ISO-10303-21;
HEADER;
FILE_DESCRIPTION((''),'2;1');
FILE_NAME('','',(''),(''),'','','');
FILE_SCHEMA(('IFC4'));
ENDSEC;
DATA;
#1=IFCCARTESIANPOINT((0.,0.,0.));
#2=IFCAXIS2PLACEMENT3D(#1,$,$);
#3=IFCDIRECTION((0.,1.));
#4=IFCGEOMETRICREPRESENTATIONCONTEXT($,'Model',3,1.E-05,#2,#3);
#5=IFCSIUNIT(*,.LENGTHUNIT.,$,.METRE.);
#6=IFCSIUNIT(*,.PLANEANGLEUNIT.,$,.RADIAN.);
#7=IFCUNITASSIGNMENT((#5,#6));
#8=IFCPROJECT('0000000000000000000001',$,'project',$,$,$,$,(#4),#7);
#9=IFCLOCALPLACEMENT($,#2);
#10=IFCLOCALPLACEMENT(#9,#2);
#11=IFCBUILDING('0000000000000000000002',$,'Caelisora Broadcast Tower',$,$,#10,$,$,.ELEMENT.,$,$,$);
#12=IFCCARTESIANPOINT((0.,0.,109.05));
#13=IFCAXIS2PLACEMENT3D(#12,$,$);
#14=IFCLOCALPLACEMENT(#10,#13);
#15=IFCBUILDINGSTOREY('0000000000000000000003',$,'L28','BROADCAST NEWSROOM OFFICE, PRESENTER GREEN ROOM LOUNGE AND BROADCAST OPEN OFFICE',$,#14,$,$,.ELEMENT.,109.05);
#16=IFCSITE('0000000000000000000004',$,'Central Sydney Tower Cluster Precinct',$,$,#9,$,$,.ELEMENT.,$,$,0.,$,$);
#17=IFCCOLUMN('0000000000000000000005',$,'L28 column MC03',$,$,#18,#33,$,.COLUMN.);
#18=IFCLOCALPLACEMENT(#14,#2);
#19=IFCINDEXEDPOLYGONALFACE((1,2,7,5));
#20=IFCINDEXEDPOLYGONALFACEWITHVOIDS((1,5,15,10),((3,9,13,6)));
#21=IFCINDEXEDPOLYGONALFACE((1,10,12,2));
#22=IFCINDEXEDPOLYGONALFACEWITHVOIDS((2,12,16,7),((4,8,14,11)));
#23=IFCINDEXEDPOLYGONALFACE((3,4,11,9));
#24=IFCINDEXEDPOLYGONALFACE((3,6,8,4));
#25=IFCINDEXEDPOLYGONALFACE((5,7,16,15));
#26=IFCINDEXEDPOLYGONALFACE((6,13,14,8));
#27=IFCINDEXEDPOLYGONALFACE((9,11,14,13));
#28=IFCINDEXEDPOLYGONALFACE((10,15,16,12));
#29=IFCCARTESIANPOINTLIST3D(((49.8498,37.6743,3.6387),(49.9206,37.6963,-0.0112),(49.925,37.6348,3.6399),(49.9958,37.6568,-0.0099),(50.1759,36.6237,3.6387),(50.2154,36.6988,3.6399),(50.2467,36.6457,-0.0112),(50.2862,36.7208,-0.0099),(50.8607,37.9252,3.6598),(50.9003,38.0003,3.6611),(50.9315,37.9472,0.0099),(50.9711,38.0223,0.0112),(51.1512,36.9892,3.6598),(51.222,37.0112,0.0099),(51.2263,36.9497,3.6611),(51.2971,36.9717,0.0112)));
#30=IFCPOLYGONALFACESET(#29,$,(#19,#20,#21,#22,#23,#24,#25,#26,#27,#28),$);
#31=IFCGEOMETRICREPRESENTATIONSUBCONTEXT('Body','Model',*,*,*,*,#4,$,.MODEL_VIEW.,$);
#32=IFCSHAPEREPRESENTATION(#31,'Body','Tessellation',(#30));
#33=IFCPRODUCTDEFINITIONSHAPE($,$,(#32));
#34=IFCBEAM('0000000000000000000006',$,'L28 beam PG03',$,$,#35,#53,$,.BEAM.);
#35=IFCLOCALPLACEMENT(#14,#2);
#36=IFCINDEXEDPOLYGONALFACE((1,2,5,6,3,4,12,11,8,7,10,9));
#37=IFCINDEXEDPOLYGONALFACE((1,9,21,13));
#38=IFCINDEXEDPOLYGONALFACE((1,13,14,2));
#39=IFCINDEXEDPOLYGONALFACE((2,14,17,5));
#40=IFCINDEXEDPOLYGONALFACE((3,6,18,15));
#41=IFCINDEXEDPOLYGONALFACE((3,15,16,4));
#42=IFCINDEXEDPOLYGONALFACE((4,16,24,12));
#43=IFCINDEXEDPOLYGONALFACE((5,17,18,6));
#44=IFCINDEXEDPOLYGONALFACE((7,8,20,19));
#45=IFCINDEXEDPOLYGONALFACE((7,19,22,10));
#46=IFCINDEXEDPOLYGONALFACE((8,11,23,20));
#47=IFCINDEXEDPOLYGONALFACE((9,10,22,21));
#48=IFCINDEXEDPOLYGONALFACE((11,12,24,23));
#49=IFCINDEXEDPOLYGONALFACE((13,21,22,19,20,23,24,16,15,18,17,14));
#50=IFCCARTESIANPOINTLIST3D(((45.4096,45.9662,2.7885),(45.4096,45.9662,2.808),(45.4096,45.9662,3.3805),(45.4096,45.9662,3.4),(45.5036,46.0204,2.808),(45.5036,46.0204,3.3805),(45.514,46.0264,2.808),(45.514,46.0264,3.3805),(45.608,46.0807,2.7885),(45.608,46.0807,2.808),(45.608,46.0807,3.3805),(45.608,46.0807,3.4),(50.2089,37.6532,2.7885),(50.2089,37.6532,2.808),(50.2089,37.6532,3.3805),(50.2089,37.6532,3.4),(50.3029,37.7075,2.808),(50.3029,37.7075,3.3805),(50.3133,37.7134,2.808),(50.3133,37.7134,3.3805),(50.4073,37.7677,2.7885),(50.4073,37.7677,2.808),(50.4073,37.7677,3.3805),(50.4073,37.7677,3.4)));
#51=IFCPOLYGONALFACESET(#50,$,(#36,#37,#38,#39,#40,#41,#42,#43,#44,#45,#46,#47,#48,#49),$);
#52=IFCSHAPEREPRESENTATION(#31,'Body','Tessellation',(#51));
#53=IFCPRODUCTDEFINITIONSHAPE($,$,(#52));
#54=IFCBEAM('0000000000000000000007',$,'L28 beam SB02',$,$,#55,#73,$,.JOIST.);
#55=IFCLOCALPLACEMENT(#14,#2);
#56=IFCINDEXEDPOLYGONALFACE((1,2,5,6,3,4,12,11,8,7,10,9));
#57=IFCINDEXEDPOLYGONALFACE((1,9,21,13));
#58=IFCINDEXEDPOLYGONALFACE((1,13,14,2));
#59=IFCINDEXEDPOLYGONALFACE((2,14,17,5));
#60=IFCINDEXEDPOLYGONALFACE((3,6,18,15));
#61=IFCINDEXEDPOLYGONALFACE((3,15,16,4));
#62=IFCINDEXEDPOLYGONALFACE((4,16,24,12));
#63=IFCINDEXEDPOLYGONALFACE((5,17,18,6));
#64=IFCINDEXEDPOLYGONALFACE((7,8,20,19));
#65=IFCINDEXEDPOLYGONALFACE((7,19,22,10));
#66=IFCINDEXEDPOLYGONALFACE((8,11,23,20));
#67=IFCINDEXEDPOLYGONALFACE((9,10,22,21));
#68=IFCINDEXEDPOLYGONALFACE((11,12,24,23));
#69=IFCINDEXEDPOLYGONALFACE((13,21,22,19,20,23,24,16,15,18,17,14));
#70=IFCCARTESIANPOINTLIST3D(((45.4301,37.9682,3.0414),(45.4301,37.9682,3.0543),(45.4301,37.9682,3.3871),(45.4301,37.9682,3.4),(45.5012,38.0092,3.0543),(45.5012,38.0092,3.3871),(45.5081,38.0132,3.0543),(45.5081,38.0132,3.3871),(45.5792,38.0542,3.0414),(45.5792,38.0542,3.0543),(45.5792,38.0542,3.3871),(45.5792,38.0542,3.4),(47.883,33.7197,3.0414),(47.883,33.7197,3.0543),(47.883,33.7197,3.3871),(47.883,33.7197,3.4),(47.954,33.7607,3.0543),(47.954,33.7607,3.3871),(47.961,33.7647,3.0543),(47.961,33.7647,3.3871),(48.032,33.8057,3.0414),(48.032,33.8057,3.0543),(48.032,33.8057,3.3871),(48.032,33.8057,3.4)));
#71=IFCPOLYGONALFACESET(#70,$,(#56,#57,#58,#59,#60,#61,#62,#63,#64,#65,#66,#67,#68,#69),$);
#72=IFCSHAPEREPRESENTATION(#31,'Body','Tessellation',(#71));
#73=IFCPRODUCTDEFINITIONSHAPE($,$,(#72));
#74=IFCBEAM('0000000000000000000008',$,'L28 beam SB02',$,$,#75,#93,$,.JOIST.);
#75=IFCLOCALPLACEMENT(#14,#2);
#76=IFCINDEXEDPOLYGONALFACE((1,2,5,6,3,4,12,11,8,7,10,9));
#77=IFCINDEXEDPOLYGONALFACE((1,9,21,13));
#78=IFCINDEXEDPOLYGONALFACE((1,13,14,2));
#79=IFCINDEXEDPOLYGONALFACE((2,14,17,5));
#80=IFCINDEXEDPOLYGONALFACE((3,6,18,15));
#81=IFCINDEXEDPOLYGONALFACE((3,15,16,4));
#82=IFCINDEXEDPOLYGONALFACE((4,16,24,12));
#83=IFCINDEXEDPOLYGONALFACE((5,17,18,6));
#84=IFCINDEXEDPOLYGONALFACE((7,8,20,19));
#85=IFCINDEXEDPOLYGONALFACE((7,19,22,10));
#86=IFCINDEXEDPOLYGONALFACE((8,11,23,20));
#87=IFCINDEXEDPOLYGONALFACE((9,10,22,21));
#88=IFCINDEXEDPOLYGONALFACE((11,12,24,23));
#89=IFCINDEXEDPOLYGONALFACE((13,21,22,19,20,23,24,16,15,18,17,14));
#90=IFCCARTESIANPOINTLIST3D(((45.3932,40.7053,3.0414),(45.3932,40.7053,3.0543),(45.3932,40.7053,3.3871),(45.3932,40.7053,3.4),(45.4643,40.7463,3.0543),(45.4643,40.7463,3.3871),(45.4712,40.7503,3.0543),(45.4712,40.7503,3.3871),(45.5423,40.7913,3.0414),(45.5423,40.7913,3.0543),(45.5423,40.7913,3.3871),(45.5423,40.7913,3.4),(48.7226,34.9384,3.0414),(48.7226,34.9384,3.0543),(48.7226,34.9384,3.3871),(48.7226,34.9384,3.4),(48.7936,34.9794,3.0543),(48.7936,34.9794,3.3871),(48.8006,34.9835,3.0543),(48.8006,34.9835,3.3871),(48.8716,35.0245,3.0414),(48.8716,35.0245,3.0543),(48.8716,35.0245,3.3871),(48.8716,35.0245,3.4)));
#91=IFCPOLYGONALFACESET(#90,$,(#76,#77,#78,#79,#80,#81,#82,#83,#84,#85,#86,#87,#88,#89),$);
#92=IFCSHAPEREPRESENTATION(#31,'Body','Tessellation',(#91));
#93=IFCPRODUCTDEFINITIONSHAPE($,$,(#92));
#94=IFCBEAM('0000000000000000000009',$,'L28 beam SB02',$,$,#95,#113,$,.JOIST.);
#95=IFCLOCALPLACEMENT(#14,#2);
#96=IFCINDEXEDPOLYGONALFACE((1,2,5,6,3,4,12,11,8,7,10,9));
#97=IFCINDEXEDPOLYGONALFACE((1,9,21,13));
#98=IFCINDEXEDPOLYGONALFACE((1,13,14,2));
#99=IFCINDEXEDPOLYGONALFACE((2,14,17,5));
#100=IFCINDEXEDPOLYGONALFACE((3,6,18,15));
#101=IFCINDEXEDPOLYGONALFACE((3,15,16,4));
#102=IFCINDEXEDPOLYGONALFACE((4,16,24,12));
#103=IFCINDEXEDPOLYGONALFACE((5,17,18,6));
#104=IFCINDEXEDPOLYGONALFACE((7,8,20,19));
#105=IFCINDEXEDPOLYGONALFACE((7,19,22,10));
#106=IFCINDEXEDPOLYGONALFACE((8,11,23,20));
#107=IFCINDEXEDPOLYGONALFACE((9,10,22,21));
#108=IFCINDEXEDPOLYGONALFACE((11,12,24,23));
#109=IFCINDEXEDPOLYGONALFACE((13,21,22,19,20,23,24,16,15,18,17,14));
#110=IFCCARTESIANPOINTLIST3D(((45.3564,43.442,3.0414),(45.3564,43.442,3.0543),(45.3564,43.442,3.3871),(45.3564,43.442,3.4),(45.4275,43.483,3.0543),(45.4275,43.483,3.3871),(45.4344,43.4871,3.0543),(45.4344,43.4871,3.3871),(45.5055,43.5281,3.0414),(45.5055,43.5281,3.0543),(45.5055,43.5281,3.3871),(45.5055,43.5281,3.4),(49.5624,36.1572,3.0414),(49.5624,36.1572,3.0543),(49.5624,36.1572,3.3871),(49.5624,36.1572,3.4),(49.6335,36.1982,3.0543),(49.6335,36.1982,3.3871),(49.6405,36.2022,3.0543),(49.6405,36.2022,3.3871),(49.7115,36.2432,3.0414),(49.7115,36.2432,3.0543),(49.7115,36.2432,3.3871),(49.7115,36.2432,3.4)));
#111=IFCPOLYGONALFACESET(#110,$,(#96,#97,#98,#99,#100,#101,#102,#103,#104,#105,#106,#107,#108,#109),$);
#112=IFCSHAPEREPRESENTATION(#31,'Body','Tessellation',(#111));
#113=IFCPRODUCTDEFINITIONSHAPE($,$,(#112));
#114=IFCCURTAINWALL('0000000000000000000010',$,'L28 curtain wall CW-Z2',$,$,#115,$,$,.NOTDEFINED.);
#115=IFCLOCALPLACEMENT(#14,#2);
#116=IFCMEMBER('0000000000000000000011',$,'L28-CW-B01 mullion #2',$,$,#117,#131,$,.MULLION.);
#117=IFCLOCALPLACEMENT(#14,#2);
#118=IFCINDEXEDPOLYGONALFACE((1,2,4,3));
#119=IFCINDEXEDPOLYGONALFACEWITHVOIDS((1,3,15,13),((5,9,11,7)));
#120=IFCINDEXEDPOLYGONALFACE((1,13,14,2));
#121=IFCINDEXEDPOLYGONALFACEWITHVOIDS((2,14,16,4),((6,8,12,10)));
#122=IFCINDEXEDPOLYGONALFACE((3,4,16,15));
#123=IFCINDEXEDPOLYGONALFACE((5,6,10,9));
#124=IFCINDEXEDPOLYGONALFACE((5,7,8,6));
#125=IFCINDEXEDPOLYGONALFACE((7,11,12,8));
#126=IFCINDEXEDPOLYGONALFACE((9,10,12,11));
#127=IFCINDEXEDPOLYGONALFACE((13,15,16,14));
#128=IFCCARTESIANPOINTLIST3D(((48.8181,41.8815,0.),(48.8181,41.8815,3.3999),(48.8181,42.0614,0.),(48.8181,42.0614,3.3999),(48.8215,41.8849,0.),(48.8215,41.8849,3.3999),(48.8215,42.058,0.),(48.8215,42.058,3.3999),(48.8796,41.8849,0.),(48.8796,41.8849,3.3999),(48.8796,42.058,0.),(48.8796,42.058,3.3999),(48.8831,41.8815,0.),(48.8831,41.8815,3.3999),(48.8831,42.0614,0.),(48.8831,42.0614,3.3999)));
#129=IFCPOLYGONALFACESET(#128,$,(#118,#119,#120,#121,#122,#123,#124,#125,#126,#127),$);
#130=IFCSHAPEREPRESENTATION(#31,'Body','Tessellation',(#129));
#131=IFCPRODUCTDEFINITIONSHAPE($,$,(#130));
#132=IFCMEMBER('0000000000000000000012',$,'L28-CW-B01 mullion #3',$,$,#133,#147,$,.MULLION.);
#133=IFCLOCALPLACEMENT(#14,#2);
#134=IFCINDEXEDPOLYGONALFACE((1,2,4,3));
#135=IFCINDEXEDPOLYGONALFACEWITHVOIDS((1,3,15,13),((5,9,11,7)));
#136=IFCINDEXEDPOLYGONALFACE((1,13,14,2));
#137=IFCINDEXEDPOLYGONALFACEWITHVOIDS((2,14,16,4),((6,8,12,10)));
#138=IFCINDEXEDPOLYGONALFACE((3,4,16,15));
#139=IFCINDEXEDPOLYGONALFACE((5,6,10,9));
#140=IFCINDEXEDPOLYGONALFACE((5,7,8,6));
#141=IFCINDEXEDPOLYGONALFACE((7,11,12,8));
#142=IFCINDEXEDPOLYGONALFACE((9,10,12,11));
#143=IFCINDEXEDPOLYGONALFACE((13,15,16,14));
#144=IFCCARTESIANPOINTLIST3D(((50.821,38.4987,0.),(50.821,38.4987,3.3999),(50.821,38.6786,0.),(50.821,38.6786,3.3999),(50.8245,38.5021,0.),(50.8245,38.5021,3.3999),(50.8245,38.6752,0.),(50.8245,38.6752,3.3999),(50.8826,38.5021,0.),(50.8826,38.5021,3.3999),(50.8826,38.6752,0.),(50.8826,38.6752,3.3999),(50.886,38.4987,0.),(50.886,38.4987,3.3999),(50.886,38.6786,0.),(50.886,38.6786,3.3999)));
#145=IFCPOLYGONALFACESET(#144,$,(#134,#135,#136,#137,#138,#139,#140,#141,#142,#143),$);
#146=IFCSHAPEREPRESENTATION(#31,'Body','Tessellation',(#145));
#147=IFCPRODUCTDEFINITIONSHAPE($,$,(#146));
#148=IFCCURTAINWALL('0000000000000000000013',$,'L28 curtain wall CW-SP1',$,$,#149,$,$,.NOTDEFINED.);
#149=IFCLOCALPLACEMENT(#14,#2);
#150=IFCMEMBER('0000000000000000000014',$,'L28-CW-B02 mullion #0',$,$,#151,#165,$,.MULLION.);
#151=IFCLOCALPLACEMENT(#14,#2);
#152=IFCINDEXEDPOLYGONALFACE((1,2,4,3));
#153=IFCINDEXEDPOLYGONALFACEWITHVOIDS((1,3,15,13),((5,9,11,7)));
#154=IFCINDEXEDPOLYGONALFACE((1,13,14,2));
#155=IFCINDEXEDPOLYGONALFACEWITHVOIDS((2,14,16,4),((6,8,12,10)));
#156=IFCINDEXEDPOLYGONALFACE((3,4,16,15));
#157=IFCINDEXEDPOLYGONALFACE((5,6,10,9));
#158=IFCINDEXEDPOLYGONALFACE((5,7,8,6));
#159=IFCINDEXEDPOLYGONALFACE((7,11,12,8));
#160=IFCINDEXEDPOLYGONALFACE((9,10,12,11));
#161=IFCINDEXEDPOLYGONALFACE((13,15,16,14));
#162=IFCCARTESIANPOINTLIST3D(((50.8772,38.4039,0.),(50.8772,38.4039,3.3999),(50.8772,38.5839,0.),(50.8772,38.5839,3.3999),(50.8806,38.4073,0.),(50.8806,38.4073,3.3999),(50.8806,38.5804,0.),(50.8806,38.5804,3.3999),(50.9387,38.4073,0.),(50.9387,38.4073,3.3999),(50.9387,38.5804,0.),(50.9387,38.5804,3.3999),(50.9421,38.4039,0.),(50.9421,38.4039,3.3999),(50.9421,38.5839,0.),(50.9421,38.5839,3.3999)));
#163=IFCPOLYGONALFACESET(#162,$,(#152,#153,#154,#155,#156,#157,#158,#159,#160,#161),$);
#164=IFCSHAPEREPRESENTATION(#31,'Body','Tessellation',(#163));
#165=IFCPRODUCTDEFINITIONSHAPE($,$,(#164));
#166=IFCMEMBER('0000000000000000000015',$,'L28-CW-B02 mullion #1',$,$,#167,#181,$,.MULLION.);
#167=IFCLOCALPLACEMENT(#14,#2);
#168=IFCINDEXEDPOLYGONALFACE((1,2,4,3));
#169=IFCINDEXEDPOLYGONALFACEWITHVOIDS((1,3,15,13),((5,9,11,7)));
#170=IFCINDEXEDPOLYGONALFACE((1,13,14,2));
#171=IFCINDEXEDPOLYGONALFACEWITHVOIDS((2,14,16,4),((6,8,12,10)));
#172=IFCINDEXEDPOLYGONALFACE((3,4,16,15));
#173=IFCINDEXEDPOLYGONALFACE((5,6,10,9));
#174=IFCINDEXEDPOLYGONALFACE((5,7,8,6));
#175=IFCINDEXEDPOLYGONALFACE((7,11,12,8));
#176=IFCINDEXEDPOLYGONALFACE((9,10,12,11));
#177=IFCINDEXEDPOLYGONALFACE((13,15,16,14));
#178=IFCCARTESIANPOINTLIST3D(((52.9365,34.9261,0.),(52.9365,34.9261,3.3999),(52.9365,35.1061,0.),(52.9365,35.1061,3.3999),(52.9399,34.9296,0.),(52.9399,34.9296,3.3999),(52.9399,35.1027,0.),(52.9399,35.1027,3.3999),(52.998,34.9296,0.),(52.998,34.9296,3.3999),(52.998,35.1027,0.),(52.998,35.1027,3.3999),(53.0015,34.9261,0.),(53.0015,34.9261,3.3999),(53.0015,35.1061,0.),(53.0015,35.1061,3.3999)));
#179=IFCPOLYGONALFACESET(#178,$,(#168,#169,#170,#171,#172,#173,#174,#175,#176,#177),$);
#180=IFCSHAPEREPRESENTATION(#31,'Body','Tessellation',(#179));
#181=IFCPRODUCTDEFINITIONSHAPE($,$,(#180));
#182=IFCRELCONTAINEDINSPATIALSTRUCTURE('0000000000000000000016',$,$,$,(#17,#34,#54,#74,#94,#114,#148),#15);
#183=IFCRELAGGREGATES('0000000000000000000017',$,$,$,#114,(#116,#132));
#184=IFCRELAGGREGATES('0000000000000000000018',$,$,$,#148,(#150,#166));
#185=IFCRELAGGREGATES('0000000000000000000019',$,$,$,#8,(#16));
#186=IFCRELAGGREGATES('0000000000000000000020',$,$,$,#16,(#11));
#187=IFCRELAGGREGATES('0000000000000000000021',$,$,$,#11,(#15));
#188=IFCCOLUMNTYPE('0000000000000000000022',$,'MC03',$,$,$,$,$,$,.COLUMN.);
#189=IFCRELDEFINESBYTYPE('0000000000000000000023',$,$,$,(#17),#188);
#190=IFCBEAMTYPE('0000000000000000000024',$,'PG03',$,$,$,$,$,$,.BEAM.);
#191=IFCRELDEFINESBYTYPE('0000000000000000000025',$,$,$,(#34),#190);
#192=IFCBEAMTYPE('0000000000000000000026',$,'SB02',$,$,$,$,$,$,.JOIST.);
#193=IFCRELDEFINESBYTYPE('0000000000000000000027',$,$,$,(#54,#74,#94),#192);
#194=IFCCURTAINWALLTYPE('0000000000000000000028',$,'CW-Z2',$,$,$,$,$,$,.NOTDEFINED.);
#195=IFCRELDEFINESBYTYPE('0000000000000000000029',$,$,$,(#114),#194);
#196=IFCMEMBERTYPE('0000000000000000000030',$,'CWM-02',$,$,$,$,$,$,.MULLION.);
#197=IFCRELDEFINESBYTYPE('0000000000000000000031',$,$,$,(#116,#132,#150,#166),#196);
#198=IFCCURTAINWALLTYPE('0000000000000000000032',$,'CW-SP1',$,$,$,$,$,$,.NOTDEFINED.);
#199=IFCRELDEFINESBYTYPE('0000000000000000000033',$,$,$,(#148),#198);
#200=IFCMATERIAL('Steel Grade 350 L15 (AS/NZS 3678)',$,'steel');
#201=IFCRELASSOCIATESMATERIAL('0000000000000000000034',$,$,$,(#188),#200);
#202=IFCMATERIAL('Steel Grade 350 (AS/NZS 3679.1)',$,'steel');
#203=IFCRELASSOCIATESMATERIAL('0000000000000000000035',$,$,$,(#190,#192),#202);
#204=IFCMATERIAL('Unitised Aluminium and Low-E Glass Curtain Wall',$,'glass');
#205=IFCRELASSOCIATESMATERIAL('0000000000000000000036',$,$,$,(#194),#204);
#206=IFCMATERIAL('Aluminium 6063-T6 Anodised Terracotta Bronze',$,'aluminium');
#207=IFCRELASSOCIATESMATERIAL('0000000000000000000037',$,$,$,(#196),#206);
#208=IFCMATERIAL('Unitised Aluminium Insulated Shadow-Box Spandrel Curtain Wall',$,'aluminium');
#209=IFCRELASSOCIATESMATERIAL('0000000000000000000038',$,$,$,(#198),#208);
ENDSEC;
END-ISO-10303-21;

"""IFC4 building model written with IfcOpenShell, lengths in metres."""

from ifc_helpers import new_model, si_unit, direction, frame, origin, origin_2d, place, context, subcontext, project, spatial, hollow_rectangle, i_section, extrude, source, transform, mapped, material, material_profile, profile_set, type_object, type_shapes, element, aggregate, save


model = new_model("IFC4")

# Units and contexts
model_context = context("Model", 3, precision=1e-05, world=origin(), true_north=direction((0.0, 1.0)))
body_context = subcontext(model_context, "Body", "Model", "MODEL_VIEW")
ifc_project = project(units=[si_unit("LENGTHUNIT", "METRE"), si_unit("PLANEANGLEUNIT", "RADIAN")], contexts=[model_context])

# Site, building, storey
site_placement = place(None, origin())
site = spatial("IfcSite", under=ifc_project, at=site_placement, Name="Central Sydney Tower Cluster Precinct", CompositionType="ELEMENT", RefElevation=0.0)
building_placement = place(site_placement, origin())
building = spatial("IfcBuilding", under=site, at=building_placement, Name="Caelisora Broadcast Tower", CompositionType="ELEMENT")
storey_placement = place(building_placement, frame((0.0, 0.0, 109.05)))
storey = spatial("IfcBuildingStorey", under=building, at=storey_placement, Name="L28", Description="BROADCAST NEWSROOM OFFICE, PRESENTER GREEN ROOM LOUNGE AND BROADCAST OPEN OFFICE", CompositionType="ELEMENT", Elevation=109.05)

# Column
ifc_material_1 = material(Name="Steel Grade 350 L15 (AS/NZS 3678)", Category="steel")
ifc_material_profile_1 = material_profile(ifc_material_1, hollow_rectangle(XDim=1.1001, YDim=1.1001, WallThickness=0.0601, at=origin_2d()), Name="Steel Grade 350 L15 (AS/NZS 3678)")
ifc_profile_set_1 = profile_set([ifc_material_profile_1], Name="Steel Grade 350 L15 (AS/NZS 3678)")
column_type = type_object("IfcColumnType", Name="MC03", PredefinedType="COLUMN", material=ifc_profile_set_1)
shared_shape_1 = source(origin(), body_context, "Body", "SweptSolid", [
    extrude(hollow_rectangle(XDim=1.1001, YDim=1.1001, WallThickness=0.0601, at=origin_2d()), origin(), (0.0, 0.0, 1.0), 3.6506),
])
type_shapes(column_type, [shared_shape_1])
column_placement = place(storey_placement, frame((50.6089, 37.334, 0.0), z_axis=(-0.019394, -0.006019, 0.999794), x_axis=(0.296399, -0.955064, 0.0)))
element("IfcColumn", 1, at=column_placement, inside=storey, type_object=column_type, Name="L28 column MC03", PredefinedType="COLUMN", context=body_context, shape_type="MappedRepresentation", body=[
    mapped(shared_shape_1, transform((0.0, 0.0, 0.0), scale=1.0)),
])

# Beams
ifc_material_2 = material(Name="Steel Grade 350 (AS/NZS 3679.1)", Category="steel")
ifc_material_profile_2 = material_profile(ifc_material_2, i_section(OverallWidth=0.229, OverallDepth=0.6116, WebThickness=0.012, FlangeThickness=0.0195, at=origin_2d()), Name="Steel Grade 350 (AS/NZS 3679.1)")
ifc_profile_set_2 = profile_set([ifc_material_profile_2], Name="Steel Grade 350 (AS/NZS 3679.1)")
beam_type_1 = type_object("IfcBeamType", Name="PG03", PredefinedType="BEAM", material=ifc_profile_set_2)
shared_shape_2 = source(origin(), body_context, "Body", "SweptSolid", [
    extrude(i_section(OverallWidth=0.229, OverallDepth=0.6116, WebThickness=0.012, FlangeThickness=0.0195, at=origin_2d()), origin(), (0.0, 0.0, 1.0), 9.5989),
])
type_shapes(beam_type_1, [shared_shape_2])
beam_1_placement = place(storey_placement, frame((50.3081, 37.7104, 3.0942), z_axis=(-0.499985, 0.866034, 0.0), x_axis=(-0.866034, -0.499985, 0.0)))
element("IfcBeam", 2, at=beam_1_placement, inside=storey, type_object=beam_type_1, Name="L28 beam PG03", PredefinedType="BEAM", context=body_context, shape_type="MappedRepresentation", body=[
    mapped(shared_shape_2, transform((0.0, 0.0, 0.0), scale=1.0)),
])
ifc_material_profile_3 = material_profile(ifc_material_2, i_section(OverallWidth=0.1721, OverallDepth=0.3586, WebThickness=0.0081, FlangeThickness=0.0129, at=origin_2d()), Name="Steel Grade 350 (AS/NZS 3679.1)")
ifc_profile_set_3 = profile_set([ifc_material_profile_3], Name="Steel Grade 350 (AS/NZS 3679.1)")
beam_type_2 = type_object("IfcBeamType", Name="SB02", PredefinedType="JOIST", material=ifc_profile_set_3)
shared_shape_3 = source(origin(), body_context, "Body", "SweptSolid", [
    extrude(i_section(OverallWidth=0.1721, OverallDepth=0.3586, WebThickness=0.0081, FlangeThickness=0.0129, at=origin_2d()), origin(), (0.0, 0.0, 1.0), 4.9058),
])
beam_2_placement = place(storey_placement, frame((47.9575, 33.7627, 3.2207), z_axis=(-0.499998, 0.866026, 0.0), x_axis=(-0.866026, -0.499998, 0.0)))
element("IfcBeam", 3, at=beam_2_placement, inside=storey, type_object=beam_type_2, Name="L28 beam SB02", PredefinedType="JOIST", context=body_context, shape_type="MappedRepresentation", body=[
    mapped(shared_shape_3, transform((0.0, 0.0, 0.0), scale=1.0)),
])
shared_shape_4 = source(origin(), body_context, "Body", "SweptSolid", [
    extrude(i_section(OverallWidth=0.1721, OverallDepth=0.3586, WebThickness=0.0081, FlangeThickness=0.0129, at=origin_2d()), origin(), (0.0, 0.0, 1.0), 6.6589),
])
beam_3_placement = place(storey_placement, frame((48.7971, 34.9814, 3.2207), z_axis=(-0.499984, 0.866035, 0.0), x_axis=(-0.866035, -0.499984, 0.0)))
element("IfcBeam", 4, at=beam_3_placement, inside=storey, type_object=beam_type_2, Name="L28 beam SB02", PredefinedType="JOIST", context=body_context, shape_type="MappedRepresentation", body=[
    mapped(shared_shape_4, transform((0.0, 0.0, 0.0), scale=1.0)),
])
shared_shape_5 = source(origin(), body_context, "Body", "SweptSolid", [
    extrude(i_section(OverallWidth=0.1721, OverallDepth=0.3586, WebThickness=0.0081, FlangeThickness=0.0129, at=origin_2d()), origin(), (0.0, 0.0, 1.0), 8.4119),
])
type_shapes(beam_type_2, [shared_shape_3, shared_shape_4, shared_shape_5])
beam_4_placement = place(storey_placement, frame((49.637, 36.2002, 3.2207), z_axis=(-0.50001, 0.86602, 0.0), x_axis=(-0.86602, -0.50001, 0.0)))
element("IfcBeam", 5, at=beam_4_placement, inside=storey, type_object=beam_type_2, Name="L28 beam SB02", PredefinedType="JOIST", context=body_context, shape_type="MappedRepresentation", body=[
    mapped(shared_shape_5, transform((0.0, 0.0, 0.0), scale=1.0)),
])

# Curtain walls, members
ifc_material_3 = material(Name="Unitised Aluminium and Low-E Glass Curtain Wall", Category="glass")
curtain_wall_type_1 = type_object("IfcCurtainWallType", Name="CW-Z2", PredefinedType="NOTDEFINED", material=ifc_material_3)
curtain_wall_1_placement = place(storey_placement, origin())
curtain_wall_1 = element("IfcCurtainWall", 6, at=curtain_wall_1_placement, inside=storey, type_object=curtain_wall_type_1, Name="L28 curtain wall CW-Z2", PredefinedType="NOTDEFINED")
ifc_material_4 = material(Name="Aluminium 6063-T6 Anodised Terracotta Bronze", Category="aluminium")
ifc_material_profile_4 = material_profile(ifc_material_4, hollow_rectangle(XDim=0.0649, YDim=0.1799, WallThickness=0.0034, at=origin_2d()), Name="Aluminium 6063-T6 Anodised Terracotta Bronze")
ifc_profile_set_4 = profile_set([ifc_material_profile_4], Name="Aluminium 6063-T6 Anodised Terracotta Bronze")
member_type_1 = type_object("IfcMemberType", Name="CWM-02", PredefinedType="MULLION", material=ifc_profile_set_4)
shared_shape_6 = source(origin(), body_context, "Body", "SweptSolid", [
    extrude(hollow_rectangle(XDim=0.0649, YDim=0.1799, WallThickness=0.0034, at=origin_2d()), origin(), (0.0, 0.0, 1.0), 3.3999),
])
type_shapes(member_type_1, [shared_shape_6])
member_1_placement = place(storey_placement, frame((48.8506, 41.9714, 0.0), z_axis=(0.0, 0.0, 1.0), x_axis=(1.0, 0.0, 0.0)))
member_1 = element("IfcMember", 7, at=member_1_placement, type_object=member_type_1, Name="L28-CW-B01 mullion #2", PredefinedType="MULLION", context=body_context, shape_type="MappedRepresentation", body=[
    mapped(shared_shape_6, transform((0.0, 0.0, 0.0), scale=1.0)),
])
member_2_placement = place(storey_placement, frame((50.8535, 38.5886, 0.0), z_axis=(0.0, 0.0, 1.0), x_axis=(1.0, 0.0, 0.0)))
member_2 = element("IfcMember", 8, at=member_2_placement, type_object=member_type_1, Name="L28-CW-B01 mullion #3", PredefinedType="MULLION", context=body_context, shape_type="MappedRepresentation", body=[
    mapped(shared_shape_6, transform((0.0, 0.0, 0.0), scale=1.0)),
])
ifc_material_5 = material(Name="Unitised Aluminium Insulated Shadow-Box Spandrel Curtain Wall", Category="aluminium")
curtain_wall_type_2 = type_object("IfcCurtainWallType", Name="CW-SP1", PredefinedType="NOTDEFINED", material=ifc_material_5)
curtain_wall_2_placement = place(storey_placement, origin())
curtain_wall_2 = element("IfcCurtainWall", 9, at=curtain_wall_2_placement, inside=storey, type_object=curtain_wall_type_2, Name="L28 curtain wall CW-SP1", PredefinedType="NOTDEFINED")
member_3_placement = place(storey_placement, frame((50.9097, 38.4939, 0.0), z_axis=(0.0, 0.0, 1.0), x_axis=(1.0, 0.0, 0.0)))
member_3 = element("IfcMember", 10, at=member_3_placement, type_object=member_type_1, Name="L28-CW-B02 mullion #0", PredefinedType="MULLION", context=body_context, shape_type="MappedRepresentation", body=[
    mapped(shared_shape_6, transform((0.0, 0.0, 0.0), scale=1.0)),
])
member_4_placement = place(storey_placement, frame((52.969, 35.0161, 0.0), z_axis=(0.0, 0.0, 1.0), x_axis=(1.0, 0.0, 0.0)))
member_4 = element("IfcMember", 11, at=member_4_placement, type_object=member_type_1, Name="L28-CW-B02 mullion #1", PredefinedType="MULLION", context=body_context, shape_type="MappedRepresentation", body=[
    mapped(shared_shape_6, transform((0.0, 0.0, 0.0), scale=1.0)),
])

aggregate(curtain_wall_1, [member_1, member_2])
aggregate(curtain_wall_2, [member_3, member_4])

save(model, "model.ifc")
